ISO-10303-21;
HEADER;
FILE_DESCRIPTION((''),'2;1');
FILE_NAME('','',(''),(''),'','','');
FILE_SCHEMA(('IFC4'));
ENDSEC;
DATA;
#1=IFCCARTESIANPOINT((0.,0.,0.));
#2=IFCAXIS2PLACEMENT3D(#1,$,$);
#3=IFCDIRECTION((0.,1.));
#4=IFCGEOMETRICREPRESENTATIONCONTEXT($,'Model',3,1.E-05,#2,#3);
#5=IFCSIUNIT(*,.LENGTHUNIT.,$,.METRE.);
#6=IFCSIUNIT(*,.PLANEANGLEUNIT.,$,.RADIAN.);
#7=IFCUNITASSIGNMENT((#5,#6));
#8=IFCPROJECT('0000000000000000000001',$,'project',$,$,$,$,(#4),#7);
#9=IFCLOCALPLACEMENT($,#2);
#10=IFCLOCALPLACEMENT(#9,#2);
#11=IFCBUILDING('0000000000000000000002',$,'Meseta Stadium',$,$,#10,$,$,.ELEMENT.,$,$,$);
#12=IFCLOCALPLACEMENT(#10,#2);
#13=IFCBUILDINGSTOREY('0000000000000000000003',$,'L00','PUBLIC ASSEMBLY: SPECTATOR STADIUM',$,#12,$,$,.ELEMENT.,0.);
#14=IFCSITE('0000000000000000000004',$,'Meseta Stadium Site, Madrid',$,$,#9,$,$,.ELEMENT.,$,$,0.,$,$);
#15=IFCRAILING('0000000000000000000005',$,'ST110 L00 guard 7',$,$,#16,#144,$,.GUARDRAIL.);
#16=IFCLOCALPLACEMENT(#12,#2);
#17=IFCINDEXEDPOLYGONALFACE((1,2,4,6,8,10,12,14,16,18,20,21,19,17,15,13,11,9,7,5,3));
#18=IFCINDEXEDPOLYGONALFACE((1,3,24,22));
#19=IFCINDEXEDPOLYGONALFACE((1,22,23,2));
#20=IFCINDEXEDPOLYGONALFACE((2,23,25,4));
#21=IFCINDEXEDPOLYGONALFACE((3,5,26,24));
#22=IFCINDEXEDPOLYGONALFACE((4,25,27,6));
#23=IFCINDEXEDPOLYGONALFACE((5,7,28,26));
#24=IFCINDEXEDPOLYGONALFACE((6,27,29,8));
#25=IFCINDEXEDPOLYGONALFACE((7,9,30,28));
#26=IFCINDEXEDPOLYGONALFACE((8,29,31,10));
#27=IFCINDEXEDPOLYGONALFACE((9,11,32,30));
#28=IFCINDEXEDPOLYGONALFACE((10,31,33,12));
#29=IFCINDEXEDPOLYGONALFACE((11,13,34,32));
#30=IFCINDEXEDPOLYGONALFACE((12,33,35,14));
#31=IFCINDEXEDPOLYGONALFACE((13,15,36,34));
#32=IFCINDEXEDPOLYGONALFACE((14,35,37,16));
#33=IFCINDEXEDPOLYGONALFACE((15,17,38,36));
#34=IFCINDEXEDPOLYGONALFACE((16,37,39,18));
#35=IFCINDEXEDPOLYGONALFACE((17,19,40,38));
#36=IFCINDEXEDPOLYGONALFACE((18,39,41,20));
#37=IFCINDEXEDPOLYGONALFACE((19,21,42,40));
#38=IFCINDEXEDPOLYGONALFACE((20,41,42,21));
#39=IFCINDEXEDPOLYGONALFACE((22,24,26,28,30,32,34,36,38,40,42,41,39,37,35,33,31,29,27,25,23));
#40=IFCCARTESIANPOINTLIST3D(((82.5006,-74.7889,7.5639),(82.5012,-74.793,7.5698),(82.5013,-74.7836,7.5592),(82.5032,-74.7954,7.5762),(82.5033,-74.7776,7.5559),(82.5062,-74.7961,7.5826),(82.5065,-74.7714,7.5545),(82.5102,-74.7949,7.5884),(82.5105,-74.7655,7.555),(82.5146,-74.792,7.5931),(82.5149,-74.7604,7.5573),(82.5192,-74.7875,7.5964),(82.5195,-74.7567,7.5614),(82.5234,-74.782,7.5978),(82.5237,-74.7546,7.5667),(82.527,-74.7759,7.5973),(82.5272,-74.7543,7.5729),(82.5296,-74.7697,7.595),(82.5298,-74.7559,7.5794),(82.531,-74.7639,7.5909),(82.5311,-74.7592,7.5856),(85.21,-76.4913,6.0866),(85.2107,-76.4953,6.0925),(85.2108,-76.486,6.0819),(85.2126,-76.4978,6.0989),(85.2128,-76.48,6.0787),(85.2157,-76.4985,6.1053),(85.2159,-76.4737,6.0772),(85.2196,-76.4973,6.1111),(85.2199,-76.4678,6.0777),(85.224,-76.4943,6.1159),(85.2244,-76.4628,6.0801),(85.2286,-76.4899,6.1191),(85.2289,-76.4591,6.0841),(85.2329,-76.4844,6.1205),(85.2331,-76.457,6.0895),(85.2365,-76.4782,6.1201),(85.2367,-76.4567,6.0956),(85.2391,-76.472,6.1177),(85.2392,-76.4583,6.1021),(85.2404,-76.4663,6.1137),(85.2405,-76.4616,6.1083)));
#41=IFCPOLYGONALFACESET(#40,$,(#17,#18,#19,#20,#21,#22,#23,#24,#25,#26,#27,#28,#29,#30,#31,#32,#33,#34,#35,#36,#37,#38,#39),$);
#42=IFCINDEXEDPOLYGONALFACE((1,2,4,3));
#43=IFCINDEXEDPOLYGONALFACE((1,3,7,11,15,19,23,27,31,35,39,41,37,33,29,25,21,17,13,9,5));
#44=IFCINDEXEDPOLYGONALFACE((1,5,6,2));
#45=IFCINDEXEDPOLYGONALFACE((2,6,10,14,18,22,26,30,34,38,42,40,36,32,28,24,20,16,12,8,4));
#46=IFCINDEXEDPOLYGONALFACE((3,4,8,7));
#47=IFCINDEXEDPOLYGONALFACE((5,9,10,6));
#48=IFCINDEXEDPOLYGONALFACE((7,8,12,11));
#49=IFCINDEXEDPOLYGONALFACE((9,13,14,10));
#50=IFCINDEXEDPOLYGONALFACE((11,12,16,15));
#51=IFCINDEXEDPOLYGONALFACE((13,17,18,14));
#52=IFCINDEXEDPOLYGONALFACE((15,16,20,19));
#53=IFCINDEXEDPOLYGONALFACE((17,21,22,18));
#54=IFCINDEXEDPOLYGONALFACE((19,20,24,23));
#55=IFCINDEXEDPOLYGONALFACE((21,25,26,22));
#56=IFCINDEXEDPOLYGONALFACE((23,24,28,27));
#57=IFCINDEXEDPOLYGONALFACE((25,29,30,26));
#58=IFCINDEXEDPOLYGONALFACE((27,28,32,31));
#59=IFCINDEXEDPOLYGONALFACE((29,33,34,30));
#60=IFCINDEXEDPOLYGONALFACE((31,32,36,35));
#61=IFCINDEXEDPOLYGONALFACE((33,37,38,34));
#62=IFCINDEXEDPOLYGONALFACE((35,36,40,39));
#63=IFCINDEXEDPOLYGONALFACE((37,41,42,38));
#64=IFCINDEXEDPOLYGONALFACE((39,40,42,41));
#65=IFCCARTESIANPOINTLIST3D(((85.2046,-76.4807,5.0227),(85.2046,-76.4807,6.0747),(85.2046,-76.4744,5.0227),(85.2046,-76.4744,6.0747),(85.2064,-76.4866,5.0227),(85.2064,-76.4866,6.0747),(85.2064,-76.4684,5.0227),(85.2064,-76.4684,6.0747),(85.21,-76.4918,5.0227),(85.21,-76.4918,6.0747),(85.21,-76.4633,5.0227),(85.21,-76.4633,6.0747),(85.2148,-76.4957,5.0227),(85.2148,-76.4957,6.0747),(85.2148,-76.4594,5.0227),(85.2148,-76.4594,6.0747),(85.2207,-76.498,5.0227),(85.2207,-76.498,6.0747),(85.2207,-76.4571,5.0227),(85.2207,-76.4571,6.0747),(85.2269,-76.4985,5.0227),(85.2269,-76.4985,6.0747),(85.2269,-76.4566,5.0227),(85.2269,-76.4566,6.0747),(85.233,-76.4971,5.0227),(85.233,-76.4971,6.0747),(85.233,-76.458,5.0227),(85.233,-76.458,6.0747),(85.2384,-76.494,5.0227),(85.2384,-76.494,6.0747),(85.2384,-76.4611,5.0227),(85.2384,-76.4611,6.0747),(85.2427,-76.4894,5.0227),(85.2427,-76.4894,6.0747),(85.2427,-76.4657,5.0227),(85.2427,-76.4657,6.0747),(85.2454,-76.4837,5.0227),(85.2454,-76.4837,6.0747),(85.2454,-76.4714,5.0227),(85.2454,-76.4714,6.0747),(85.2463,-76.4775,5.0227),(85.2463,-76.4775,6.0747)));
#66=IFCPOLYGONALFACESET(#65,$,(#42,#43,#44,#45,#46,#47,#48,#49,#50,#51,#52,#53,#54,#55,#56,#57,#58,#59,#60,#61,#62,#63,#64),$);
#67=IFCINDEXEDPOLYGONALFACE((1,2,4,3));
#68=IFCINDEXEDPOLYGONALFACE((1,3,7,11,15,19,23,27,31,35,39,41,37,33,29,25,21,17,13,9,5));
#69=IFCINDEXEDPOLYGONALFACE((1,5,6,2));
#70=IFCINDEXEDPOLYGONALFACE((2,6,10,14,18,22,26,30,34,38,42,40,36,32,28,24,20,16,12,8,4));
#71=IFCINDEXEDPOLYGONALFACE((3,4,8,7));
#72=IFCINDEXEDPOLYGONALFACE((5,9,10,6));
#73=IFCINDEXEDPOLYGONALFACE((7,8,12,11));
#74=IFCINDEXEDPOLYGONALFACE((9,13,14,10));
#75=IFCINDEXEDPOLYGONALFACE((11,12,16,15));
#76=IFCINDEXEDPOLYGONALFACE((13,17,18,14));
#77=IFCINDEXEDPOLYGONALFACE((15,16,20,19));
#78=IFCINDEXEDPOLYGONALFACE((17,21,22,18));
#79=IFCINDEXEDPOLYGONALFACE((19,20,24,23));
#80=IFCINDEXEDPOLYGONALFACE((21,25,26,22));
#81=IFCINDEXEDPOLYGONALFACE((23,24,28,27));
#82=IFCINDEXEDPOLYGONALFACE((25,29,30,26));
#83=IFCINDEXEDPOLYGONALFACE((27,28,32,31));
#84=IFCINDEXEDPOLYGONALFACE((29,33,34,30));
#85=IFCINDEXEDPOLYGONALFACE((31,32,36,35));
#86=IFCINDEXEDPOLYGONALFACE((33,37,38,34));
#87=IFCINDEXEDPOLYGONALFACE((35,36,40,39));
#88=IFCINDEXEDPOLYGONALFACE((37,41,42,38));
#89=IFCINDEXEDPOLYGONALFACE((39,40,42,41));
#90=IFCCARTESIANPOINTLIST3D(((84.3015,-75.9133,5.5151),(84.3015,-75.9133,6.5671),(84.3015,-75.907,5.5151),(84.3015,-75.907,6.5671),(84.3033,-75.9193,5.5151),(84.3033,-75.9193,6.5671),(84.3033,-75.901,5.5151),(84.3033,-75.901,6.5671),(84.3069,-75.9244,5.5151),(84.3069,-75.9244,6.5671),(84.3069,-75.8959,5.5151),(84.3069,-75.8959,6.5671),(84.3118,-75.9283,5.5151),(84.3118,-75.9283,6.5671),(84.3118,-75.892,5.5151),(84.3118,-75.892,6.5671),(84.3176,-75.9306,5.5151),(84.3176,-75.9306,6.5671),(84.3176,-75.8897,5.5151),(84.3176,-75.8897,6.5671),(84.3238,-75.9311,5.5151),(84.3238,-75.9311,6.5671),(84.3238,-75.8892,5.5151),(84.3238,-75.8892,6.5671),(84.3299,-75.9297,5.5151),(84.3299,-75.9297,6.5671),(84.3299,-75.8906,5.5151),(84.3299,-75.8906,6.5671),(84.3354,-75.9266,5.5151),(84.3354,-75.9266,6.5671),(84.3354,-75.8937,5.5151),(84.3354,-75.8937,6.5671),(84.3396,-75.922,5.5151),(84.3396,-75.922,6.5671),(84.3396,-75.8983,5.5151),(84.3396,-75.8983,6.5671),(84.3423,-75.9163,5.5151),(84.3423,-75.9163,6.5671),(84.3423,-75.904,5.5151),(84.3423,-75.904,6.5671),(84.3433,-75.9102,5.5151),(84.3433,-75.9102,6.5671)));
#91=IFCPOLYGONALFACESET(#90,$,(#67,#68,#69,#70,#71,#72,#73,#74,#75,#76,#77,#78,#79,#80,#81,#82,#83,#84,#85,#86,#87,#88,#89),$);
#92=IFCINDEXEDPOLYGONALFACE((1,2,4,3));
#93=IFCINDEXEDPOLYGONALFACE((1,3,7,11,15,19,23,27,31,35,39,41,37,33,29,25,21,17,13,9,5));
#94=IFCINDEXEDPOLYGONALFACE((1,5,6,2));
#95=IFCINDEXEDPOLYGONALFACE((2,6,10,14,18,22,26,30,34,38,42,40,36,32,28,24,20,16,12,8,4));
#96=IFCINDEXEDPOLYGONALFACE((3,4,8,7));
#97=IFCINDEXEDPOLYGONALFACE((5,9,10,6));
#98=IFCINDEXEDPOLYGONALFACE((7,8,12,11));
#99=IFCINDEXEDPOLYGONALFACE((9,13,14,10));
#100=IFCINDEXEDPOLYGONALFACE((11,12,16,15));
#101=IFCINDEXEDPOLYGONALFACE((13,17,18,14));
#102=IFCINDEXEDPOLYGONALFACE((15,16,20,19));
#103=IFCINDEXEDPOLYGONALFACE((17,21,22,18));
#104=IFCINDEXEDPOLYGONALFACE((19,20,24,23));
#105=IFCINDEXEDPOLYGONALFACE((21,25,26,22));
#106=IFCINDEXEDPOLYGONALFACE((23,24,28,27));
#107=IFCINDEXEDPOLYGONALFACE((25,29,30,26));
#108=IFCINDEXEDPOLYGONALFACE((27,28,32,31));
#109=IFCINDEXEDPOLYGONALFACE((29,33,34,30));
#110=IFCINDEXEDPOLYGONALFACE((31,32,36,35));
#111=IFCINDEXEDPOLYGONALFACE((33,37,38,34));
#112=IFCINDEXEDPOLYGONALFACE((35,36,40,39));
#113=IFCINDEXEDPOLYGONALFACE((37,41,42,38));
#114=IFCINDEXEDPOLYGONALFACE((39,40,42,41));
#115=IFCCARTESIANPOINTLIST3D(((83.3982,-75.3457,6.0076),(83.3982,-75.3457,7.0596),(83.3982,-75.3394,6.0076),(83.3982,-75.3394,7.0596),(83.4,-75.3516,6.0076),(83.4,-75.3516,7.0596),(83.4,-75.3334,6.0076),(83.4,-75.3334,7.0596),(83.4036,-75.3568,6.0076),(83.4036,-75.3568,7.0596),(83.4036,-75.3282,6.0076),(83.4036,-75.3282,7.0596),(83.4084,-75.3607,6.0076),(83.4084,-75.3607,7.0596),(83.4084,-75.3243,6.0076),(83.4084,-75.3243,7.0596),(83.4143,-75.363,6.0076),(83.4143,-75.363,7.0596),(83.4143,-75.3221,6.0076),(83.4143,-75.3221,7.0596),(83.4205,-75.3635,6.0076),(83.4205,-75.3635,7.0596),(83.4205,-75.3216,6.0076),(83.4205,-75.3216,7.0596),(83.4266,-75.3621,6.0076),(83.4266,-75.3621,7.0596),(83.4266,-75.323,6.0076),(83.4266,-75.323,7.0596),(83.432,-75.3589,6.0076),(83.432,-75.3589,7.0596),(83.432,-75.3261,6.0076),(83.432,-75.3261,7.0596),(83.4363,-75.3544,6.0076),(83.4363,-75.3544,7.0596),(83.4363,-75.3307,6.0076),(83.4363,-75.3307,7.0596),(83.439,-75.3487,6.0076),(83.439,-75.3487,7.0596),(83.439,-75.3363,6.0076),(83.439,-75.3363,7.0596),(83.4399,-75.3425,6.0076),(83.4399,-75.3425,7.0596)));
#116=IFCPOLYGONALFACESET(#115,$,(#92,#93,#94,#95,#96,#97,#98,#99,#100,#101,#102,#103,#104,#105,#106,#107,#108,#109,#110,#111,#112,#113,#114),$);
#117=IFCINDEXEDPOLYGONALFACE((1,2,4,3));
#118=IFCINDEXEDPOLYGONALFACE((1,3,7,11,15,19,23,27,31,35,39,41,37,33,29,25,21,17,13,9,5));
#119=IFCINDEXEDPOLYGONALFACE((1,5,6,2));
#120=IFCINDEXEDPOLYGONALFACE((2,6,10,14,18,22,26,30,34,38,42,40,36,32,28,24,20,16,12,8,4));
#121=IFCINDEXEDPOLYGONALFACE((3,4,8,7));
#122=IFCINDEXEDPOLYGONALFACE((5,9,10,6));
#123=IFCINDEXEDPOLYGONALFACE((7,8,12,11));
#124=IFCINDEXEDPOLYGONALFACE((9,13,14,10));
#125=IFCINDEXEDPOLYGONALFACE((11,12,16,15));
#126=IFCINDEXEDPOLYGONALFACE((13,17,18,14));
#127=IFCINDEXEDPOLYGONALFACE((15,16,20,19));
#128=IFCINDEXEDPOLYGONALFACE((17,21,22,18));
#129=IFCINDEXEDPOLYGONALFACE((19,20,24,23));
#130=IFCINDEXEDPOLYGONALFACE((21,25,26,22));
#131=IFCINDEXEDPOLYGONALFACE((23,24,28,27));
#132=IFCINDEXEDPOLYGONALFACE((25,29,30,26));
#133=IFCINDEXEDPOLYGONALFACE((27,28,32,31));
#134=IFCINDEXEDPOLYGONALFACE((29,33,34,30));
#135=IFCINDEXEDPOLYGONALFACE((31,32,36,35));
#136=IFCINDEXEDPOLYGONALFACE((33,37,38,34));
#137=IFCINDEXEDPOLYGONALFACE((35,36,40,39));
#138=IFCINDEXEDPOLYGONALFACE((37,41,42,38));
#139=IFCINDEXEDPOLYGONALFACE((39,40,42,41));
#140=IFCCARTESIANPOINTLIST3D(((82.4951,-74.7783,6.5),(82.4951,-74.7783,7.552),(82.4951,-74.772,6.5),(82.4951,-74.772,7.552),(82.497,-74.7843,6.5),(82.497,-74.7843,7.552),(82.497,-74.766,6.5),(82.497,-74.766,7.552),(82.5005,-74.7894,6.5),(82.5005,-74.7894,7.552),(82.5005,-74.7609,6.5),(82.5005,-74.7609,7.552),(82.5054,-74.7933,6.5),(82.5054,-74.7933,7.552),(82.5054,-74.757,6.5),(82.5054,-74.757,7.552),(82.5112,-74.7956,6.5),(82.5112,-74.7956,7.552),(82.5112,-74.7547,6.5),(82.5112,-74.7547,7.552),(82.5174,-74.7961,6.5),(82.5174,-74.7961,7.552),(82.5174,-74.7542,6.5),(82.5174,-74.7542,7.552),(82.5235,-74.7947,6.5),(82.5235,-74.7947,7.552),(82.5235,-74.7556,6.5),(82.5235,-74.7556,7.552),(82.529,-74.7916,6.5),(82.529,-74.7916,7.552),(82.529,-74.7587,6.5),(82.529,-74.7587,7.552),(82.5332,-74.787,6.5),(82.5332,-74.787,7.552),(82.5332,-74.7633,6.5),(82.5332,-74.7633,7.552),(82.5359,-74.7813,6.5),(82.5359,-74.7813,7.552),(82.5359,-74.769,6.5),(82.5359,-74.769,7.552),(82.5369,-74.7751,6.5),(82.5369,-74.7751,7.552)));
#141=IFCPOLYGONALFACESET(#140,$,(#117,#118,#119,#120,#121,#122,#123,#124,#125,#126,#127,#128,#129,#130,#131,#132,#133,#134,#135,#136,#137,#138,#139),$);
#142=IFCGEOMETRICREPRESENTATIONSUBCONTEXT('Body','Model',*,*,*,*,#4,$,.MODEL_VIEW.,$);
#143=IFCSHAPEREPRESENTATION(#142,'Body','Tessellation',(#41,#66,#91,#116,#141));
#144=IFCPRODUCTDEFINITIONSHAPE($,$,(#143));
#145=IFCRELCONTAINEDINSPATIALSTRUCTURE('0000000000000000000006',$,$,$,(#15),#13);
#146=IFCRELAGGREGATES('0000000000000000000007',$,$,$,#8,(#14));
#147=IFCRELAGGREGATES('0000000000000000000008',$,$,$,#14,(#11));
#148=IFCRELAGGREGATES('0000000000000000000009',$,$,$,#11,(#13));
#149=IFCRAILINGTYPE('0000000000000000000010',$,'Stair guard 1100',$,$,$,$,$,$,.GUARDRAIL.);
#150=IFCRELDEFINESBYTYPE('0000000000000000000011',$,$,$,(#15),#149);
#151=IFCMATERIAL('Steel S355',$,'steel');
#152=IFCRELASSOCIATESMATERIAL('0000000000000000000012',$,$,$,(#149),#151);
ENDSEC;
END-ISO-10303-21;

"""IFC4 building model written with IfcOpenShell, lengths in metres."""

from ifc_helpers import new_model, si_unit, direction, frame, origin, origin_2d, place, context, subcontext, project, spatial, circle, extrude, material, type_object, element, save


model = new_model("IFC4")

# Units and contexts
model_context = context("Model", 3, precision=1e-05, world=origin(), true_north=direction((0.0, 1.0)))
body_context = subcontext(model_context, "Body", "Model", "MODEL_VIEW")
ifc_project = project(units=[si_unit("LENGTHUNIT", "METRE"), si_unit("PLANEANGLEUNIT", "RADIAN")], contexts=[model_context])

# Site, building, storey
site_placement = place(None, origin())
site = spatial("IfcSite", under=ifc_project, at=site_placement, Name="Meseta Stadium Site, Madrid", CompositionType="ELEMENT", RefElevation=0.0)
building_placement = place(site_placement, origin())
building = spatial("IfcBuilding", under=site, at=building_placement, Name="Meseta Stadium", CompositionType="ELEMENT")
storey_placement = place(building_placement, origin())
storey = spatial("IfcBuildingStorey", under=building, at=storey_placement, Name="L00", Description="PUBLIC ASSEMBLY: SPECTATOR STADIUM", CompositionType="ELEMENT", Elevation=0.0)

# Railing
ifc_material_1 = material(Name="Steel S355", Category="steel")
railing_type_1 = type_object("IfcRailingType", Name="Stair guard 1100", PredefinedType="GUARDRAIL", material=ifc_material_1)
railing_1_placement = place(storey_placement, frame((85.2253, -76.4775, 5.0227)))
element("IfcRailing", 1, at=railing_1_placement, inside=storey, type_object=railing_type_1, Name="ST110 L00 guard 7", PredefinedType="GUARDRAIL", context=body_context, shape_type="SweptSolid", body=[
    extrude(circle(Radius=0.0239, at=origin_2d()), frame((0.0, 0.0, 1.0762), z_axis=(-0.768764, 0.483023, 0.419156), x_axis=(-0.532014, -0.846736, 0.0)), (0.0, 0.0, 1.0), 3.5244),
    extrude(circle(Radius=0.021, at=origin_2d()), origin(), (0.0, 0.0, 1.0), 1.052),
    extrude(circle(Radius=0.021, at=origin_2d()), frame((-0.9031, 0.5674, 0.4924)), (0.0, 0.0, 1.0), 1.052),
    extrude(circle(Radius=0.021, at=origin_2d()), frame((-1.8064, 1.135, 0.9849)), (0.0, 0.0, 1.0), 1.052),
    extrude(circle(Radius=0.021, at=origin_2d()), frame((-2.7095, 1.7024, 1.4773)), (0.0, 0.0, 1.0), 1.052),
])

save(model, "model.ifc")
